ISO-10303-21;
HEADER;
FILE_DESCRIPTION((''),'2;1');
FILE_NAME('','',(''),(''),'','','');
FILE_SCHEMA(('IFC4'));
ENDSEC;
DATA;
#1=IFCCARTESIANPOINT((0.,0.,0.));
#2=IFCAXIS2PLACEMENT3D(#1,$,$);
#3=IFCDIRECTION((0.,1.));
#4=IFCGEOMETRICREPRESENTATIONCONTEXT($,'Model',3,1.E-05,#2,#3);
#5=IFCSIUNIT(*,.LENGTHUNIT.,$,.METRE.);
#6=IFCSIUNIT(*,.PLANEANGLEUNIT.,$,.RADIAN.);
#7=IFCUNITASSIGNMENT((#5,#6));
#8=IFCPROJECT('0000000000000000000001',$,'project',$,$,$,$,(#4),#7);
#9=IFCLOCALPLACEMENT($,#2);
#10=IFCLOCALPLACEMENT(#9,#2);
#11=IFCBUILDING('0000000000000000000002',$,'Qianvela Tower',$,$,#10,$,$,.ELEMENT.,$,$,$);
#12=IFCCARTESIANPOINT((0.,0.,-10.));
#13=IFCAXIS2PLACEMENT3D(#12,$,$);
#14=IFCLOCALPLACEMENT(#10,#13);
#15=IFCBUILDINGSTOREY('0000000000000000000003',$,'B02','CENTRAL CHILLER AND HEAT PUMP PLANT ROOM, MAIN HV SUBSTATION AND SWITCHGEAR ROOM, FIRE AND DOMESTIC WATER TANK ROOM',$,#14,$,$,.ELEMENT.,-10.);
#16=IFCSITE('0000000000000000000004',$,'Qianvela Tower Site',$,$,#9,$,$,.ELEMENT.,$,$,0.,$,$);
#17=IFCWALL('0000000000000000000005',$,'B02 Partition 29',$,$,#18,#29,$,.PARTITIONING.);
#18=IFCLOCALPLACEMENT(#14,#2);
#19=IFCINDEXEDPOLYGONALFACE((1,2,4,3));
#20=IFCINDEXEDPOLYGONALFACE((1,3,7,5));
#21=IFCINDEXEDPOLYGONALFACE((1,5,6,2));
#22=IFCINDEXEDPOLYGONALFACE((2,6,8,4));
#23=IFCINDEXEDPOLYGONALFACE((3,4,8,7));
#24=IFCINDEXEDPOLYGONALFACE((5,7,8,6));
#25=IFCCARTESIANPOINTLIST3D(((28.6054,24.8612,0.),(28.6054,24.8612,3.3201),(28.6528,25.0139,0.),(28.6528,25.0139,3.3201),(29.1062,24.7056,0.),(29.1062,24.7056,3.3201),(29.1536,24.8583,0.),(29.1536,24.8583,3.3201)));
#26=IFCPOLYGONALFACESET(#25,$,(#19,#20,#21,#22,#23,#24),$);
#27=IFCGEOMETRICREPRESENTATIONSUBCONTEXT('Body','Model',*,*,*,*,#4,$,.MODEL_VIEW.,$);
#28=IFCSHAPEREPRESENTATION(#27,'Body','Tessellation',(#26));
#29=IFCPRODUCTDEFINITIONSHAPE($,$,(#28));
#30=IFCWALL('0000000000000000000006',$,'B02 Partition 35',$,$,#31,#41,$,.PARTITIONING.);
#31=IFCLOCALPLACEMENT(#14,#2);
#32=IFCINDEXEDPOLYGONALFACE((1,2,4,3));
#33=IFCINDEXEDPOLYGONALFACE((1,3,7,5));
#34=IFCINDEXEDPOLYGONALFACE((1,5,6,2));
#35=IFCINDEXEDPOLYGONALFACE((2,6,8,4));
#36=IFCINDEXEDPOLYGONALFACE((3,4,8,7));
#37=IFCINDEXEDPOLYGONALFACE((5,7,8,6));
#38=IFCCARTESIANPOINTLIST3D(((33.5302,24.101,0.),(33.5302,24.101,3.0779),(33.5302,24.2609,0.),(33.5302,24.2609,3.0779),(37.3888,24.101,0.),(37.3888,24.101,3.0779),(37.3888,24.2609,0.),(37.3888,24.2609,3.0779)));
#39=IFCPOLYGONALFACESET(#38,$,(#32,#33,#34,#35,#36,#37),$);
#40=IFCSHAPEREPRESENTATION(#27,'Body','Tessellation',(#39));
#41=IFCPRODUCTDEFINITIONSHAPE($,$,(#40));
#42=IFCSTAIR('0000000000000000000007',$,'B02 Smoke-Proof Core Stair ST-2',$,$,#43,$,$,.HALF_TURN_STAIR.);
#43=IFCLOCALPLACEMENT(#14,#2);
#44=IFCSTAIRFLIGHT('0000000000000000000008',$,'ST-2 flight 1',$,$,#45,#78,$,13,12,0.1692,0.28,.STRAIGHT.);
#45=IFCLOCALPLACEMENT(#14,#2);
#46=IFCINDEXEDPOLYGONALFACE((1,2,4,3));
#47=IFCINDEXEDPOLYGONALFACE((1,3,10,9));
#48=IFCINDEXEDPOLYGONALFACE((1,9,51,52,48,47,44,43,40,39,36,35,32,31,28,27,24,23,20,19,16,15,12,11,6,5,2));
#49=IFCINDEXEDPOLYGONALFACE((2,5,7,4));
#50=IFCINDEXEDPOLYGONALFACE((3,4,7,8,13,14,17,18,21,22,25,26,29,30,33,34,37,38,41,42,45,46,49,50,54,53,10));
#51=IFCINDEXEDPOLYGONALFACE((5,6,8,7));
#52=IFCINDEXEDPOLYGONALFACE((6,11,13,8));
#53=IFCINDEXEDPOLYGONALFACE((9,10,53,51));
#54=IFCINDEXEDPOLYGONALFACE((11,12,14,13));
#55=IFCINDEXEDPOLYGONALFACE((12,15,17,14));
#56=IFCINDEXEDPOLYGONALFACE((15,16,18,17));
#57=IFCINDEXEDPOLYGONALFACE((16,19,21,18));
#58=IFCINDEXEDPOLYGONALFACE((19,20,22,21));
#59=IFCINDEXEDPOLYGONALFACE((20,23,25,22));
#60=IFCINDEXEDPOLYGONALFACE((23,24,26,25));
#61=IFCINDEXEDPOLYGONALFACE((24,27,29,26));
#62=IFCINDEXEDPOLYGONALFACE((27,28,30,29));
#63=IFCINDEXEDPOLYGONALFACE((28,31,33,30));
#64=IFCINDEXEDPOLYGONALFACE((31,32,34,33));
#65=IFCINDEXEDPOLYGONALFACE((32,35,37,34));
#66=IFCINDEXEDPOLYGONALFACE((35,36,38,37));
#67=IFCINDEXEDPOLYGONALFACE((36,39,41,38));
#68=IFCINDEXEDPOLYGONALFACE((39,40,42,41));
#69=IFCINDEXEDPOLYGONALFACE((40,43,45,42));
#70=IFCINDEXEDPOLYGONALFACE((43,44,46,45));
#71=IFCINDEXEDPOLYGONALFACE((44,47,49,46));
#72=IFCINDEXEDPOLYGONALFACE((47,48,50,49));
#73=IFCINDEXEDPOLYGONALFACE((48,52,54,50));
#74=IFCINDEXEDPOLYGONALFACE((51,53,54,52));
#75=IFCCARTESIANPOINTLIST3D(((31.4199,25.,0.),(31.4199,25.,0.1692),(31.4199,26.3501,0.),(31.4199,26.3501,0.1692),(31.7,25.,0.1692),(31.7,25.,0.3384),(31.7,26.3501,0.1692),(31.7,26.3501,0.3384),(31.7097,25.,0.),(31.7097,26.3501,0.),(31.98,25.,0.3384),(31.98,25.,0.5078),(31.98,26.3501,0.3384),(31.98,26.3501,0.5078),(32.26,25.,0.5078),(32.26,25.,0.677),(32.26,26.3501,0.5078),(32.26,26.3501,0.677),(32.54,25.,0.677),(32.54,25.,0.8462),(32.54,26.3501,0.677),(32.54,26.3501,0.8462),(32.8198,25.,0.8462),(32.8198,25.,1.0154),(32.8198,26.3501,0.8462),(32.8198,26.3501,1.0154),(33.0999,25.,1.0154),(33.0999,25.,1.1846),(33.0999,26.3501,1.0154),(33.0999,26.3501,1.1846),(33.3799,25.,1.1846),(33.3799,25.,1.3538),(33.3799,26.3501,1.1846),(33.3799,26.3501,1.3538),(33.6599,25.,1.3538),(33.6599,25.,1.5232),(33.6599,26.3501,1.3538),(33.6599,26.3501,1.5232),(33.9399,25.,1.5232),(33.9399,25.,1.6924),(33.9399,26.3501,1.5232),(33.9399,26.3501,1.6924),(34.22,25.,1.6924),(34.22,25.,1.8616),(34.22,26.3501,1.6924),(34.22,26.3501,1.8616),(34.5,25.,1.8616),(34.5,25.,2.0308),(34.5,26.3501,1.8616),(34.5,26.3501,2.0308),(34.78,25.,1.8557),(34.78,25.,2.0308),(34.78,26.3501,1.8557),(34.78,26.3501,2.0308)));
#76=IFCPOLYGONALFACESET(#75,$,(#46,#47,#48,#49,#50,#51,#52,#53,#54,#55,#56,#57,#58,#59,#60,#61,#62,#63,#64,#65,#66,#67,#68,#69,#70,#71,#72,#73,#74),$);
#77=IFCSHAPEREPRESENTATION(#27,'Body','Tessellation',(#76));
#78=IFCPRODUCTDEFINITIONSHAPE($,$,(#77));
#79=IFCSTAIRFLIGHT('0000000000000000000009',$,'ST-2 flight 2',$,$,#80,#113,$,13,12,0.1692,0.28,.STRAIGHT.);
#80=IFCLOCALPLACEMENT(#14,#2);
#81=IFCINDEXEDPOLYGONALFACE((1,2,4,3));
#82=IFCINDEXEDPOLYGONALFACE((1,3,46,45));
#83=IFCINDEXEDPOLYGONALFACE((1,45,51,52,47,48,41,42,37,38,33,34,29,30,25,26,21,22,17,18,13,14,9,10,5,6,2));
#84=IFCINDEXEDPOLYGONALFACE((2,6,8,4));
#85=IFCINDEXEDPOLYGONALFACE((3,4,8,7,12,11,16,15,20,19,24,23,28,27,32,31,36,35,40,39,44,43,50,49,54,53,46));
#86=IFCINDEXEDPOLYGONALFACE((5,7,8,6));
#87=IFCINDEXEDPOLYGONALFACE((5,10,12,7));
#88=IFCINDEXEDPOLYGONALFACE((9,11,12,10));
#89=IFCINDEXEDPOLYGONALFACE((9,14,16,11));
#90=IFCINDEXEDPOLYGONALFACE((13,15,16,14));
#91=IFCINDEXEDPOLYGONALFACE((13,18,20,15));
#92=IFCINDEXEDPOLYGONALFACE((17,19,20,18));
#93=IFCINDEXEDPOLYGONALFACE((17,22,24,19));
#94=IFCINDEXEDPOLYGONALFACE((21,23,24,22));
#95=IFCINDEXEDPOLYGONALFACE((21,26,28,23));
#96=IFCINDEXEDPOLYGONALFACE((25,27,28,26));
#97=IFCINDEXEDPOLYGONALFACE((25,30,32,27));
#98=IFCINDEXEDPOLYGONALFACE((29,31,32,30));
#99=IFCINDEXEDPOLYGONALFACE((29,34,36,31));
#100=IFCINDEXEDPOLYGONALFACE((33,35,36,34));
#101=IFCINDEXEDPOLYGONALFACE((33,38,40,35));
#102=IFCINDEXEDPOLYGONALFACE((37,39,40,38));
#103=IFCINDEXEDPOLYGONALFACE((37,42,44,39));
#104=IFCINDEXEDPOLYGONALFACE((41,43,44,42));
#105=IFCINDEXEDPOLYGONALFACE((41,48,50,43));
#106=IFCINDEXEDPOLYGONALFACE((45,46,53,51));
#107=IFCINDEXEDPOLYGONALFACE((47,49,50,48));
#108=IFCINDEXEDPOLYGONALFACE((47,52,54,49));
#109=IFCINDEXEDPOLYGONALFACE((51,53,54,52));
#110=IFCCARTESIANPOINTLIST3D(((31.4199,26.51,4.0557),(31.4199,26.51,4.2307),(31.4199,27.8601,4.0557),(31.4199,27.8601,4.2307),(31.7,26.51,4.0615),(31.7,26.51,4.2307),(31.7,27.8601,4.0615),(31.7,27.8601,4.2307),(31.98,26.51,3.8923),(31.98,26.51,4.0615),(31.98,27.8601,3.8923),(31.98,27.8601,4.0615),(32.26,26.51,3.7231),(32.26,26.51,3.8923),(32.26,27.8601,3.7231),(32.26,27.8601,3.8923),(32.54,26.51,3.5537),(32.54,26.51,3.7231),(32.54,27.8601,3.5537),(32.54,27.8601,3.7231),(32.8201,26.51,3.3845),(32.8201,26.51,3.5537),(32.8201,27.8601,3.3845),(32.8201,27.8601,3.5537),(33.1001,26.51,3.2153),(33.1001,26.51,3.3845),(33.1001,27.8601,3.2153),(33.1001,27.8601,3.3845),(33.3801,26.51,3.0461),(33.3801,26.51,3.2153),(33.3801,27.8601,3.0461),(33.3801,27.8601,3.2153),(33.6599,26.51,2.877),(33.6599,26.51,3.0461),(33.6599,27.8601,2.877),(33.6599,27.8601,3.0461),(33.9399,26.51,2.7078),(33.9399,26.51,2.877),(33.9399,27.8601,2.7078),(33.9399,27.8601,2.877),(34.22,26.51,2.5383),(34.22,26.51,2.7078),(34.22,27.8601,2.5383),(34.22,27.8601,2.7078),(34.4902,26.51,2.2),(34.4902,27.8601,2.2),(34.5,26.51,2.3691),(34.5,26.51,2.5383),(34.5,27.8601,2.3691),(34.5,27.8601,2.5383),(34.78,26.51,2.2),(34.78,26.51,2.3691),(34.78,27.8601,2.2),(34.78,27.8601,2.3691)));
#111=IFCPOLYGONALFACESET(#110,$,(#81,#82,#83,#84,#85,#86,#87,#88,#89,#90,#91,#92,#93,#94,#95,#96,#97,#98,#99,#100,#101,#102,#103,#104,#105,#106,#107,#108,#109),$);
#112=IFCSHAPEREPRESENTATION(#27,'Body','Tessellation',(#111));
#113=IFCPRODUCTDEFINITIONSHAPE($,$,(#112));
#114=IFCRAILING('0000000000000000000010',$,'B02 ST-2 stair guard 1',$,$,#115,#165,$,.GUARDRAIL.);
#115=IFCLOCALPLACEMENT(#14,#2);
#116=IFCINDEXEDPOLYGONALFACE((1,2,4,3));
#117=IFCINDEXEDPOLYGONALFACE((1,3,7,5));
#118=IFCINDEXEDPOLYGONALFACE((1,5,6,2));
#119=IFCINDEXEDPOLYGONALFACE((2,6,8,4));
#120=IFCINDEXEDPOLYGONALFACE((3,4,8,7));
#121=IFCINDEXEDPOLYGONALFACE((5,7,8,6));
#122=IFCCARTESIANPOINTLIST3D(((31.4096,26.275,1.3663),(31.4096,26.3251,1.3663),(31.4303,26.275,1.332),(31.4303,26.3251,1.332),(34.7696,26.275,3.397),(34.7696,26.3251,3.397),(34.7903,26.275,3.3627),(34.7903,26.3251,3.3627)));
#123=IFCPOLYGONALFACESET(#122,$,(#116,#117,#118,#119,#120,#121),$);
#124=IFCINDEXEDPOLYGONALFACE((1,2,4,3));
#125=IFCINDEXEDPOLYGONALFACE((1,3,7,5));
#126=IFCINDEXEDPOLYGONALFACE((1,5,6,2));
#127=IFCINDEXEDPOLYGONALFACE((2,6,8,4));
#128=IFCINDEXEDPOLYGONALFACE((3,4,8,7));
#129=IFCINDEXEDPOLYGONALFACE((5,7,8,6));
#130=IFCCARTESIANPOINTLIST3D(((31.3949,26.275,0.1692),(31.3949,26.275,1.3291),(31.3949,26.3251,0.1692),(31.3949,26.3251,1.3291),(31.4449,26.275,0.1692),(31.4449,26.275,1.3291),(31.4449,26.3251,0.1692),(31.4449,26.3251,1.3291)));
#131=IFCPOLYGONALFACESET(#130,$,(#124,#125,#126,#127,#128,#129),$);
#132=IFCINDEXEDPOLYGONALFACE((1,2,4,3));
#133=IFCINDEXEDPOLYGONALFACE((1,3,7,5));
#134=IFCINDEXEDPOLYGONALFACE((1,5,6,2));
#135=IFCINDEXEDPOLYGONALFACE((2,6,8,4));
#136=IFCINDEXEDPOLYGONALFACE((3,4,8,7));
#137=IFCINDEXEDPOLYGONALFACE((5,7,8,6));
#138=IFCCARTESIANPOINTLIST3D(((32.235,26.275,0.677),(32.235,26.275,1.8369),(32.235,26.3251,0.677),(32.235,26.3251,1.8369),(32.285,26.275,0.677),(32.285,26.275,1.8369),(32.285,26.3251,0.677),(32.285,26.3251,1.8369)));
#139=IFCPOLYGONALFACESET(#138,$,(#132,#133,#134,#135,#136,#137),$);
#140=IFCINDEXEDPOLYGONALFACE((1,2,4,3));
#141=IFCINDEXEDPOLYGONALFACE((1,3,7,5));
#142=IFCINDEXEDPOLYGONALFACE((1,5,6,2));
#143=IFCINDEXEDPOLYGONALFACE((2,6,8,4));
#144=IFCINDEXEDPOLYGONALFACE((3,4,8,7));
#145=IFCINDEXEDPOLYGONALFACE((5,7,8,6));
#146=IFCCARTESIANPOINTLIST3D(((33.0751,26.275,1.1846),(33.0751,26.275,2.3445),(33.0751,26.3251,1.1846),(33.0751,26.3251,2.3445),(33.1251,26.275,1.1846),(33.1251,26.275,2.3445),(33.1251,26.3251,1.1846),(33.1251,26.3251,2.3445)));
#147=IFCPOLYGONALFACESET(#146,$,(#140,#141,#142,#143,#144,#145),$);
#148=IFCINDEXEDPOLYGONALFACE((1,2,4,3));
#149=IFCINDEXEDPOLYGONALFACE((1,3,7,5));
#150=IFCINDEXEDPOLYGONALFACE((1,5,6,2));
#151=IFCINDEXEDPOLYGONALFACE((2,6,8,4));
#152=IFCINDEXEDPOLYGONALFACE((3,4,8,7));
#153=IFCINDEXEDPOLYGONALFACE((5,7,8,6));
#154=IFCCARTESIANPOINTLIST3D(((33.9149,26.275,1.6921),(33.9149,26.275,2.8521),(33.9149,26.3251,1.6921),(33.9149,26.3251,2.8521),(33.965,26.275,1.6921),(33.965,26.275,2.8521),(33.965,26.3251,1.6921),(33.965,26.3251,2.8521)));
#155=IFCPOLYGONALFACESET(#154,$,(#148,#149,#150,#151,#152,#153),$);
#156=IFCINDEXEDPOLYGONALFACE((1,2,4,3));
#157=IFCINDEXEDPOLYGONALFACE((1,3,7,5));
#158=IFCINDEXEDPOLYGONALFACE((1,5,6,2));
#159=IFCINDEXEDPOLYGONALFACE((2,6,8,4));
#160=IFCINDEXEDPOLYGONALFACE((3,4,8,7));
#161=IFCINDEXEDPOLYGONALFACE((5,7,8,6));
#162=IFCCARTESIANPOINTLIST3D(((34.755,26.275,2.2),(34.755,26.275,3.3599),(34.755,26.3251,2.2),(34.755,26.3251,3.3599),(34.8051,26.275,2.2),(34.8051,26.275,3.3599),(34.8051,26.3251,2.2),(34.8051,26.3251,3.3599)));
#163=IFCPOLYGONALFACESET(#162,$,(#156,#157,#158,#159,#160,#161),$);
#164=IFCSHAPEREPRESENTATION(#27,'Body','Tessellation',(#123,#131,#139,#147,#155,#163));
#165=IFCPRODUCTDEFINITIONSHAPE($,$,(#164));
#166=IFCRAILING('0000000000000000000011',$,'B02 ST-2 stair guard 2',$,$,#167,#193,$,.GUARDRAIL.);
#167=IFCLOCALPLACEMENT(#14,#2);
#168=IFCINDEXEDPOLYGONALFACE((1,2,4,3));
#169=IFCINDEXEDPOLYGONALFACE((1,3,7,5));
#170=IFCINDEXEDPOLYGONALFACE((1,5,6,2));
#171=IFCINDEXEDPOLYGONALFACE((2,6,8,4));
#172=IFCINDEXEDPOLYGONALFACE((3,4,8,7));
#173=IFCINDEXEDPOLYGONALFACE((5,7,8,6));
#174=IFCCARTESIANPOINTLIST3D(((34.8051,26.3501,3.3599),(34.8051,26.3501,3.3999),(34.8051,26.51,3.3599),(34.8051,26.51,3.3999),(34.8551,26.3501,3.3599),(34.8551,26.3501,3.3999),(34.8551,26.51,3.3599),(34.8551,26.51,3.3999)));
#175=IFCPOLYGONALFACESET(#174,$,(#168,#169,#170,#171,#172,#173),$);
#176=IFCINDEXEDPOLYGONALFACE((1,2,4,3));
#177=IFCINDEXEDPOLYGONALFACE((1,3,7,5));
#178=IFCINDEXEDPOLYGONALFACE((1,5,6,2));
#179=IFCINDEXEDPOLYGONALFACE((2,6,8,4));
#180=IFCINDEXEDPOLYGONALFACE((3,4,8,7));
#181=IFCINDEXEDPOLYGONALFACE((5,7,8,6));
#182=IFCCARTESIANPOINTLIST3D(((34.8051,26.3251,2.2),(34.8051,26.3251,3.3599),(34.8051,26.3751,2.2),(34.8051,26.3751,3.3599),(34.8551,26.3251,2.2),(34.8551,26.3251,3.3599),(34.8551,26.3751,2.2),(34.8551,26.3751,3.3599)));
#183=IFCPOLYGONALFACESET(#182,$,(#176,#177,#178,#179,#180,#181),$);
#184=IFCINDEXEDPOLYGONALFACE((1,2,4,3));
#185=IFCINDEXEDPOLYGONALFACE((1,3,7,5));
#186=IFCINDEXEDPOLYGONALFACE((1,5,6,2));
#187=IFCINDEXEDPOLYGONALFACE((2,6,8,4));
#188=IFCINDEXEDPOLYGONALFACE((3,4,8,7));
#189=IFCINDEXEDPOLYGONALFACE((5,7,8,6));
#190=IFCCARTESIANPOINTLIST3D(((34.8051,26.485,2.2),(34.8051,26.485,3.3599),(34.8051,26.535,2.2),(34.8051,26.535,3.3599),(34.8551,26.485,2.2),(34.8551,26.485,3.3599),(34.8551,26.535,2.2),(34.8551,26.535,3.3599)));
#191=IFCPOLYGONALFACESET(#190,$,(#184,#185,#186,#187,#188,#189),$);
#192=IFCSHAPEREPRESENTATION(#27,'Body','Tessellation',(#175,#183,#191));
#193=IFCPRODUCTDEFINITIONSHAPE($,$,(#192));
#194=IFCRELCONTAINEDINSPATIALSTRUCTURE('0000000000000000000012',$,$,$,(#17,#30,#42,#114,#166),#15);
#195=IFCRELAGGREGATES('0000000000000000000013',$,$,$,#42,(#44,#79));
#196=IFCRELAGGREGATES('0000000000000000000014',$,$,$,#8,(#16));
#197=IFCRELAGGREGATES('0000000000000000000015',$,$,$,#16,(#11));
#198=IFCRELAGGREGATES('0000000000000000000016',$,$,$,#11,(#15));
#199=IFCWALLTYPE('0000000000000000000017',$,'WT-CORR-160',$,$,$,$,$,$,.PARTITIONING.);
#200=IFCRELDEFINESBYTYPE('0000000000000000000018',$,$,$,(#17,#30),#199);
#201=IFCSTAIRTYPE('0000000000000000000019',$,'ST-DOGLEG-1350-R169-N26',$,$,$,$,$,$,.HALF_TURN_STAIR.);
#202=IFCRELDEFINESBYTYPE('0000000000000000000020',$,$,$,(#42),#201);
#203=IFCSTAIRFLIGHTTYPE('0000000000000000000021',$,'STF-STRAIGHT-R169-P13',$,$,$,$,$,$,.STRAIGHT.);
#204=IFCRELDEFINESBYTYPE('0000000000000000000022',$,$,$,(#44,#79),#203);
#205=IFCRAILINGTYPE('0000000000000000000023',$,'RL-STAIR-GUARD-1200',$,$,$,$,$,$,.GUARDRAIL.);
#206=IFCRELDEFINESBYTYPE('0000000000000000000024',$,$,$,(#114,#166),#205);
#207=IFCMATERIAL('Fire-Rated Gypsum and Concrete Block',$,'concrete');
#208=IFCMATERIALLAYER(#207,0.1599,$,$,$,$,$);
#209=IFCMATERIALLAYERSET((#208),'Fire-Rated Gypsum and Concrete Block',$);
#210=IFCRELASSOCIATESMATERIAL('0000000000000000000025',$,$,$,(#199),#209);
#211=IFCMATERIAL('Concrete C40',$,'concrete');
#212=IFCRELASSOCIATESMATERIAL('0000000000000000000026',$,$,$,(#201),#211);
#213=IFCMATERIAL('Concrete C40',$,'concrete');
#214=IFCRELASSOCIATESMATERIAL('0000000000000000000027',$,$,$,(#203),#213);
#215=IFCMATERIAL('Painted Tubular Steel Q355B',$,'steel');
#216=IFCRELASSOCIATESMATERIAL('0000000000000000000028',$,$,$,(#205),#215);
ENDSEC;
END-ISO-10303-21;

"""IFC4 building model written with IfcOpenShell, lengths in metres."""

from ifc_helpers import new_model, si_unit, direction, frame, frame_2d, origin, origin_2d, place, context, subcontext, project, spatial, polyline, rectangle, outline, extrude, material, layer, layer_set, type_object, element, aggregate, save


model = new_model("IFC4")

# Units and contexts
model_context = context("Model", 3, precision=1e-05, world=origin(), true_north=direction((0.0, 1.0)))
body_context = subcontext(model_context, "Body", "Model", "MODEL_VIEW")
ifc_project = project(units=[si_unit("LENGTHUNIT", "METRE"), si_unit("PLANEANGLEUNIT", "RADIAN")], contexts=[model_context])

# Site, building, storey
site_placement = place(None, origin())
site = spatial("IfcSite", under=ifc_project, at=site_placement, Name="Qianvela Tower Site", CompositionType="ELEMENT", RefElevation=0.0)
building_placement = place(site_placement, origin())
building = spatial("IfcBuilding", under=site, at=building_placement, Name="Qianvela Tower", CompositionType="ELEMENT")
storey_placement = place(building_placement, frame((0.0, 0.0, -10.0)))
storey = spatial("IfcBuildingStorey", under=building, at=storey_placement, Name="B02", Description="CENTRAL CHILLER AND HEAT PUMP PLANT ROOM, MAIN HV SUBSTATION AND SWITCHGEAR ROOM, FIRE AND DOMESTIC WATER TANK ROOM", CompositionType="ELEMENT", Elevation=-10.0)

# Walls
ifc_material_1 = material(Name="Fire-Rated Gypsum and Concrete Block", Category="concrete")
ifc_layer_1 = layer(ifc_material_1, 0.1599)
ifc_layer_set_1 = layer_set([ifc_layer_1], Name="Fire-Rated Gypsum and Concrete Block")
wall_type_1 = type_object("IfcWallType", Name="WT-CORR-160", PredefinedType="PARTITIONING", material=ifc_layer_set_1)
wall_1_placement = place(storey_placement, frame((29.1299, 24.782, 0.0), z_axis=(0.0, 0.0, 1.0), x_axis=(-0.955, 0.296604, 0.0)))
element("IfcWall", 1, at=wall_1_placement, inside=storey, type_object=wall_type_1, Name="B02 Partition 29", PredefinedType="PARTITIONING", context=body_context, shape_type="SweptSolid", body=[
    extrude(rectangle(XDim=0.5244, YDim=0.1599, at=frame_2d((0.2622, 0.0))), origin(), (0.0, 0.0, 1.0), 3.3201),
])
wall_2_placement = place(storey_placement, frame((37.3887, 24.1809, 0.0), z_axis=(0.0, 0.0, 1.0), x_axis=(-1.0, 0.0, 0.0)))
element("IfcWall", 2, at=wall_2_placement, inside=storey, type_object=wall_type_1, Name="B02 Partition 35", PredefinedType="PARTITIONING", context=body_context, shape_type="SweptSolid", body=[
    extrude(rectangle(XDim=3.8586, YDim=0.1599, at=frame_2d((1.9292, 0.0))), origin(), (0.0, 0.0, 1.0), 3.0779),
])

# Stair, stair flights
ifc_material_2 = material(Name="Concrete C40", Category="concrete")
stair_type = type_object("IfcStairType", Name="ST-DOGLEG-1350-R169-N26", PredefinedType="HALF_TURN_STAIR", material=ifc_material_2)
stair_placement = place(storey_placement, origin())
stair = element("IfcStair", 3, at=stair_placement, inside=storey, type_object=stair_type, Name="B02 Smoke-Proof Core Stair ST-2", PredefinedType="HALF_TURN_STAIR")
ifc_material_3 = material(Name="Concrete C40", Category="concrete")
stair_flight_type = type_object("IfcStairFlightType", Name="STF-STRAIGHT-R169-P13", PredefinedType="STRAIGHT", material=ifc_material_3)
stair_flight_1_placement = place(storey_placement, frame((31.4199, 25.675, 0.0), z_axis=(0.0, 0.0, 1.0), x_axis=(1.0, 0.0, 0.0)))
stair_flight_1 = element("IfcStairFlight", 4, at=stair_flight_1_placement, type_object=stair_flight_type, Name="ST-2 flight 1", NumberOfRisers=13, NumberOfTreads=12, PredefinedType="STRAIGHT", RiserHeight=0.1692, TreadLength=0.28, context=body_context, shape_type="SweptSolid", body=[
    extrude(outline(polyline([(0.0, 0.0), (0.0, 0.1692), (0.28, 0.1692), (0.28, 0.3384), (0.5601, 0.3384), (0.5601, 0.5078), (0.8401, 0.5078), (0.8401, 0.677), (1.1201, 0.677), (1.1201, 0.8462), (1.3999, 0.8462), (1.3999, 1.0154), (1.6799, 1.0154), (1.6799, 1.1846), (1.96, 1.1846), (1.96, 1.3538), (2.24, 1.3538), (2.24, 1.5232), (2.52, 1.5232), (2.52, 1.6924), (2.8, 1.6924), (2.8, 1.8616), (3.0801, 1.8616), (3.0801, 2.0308), (3.3601, 2.0308), (3.3601, 2.2), (3.3601, 1.8557), (0.2898, 0.0), (0.0, 0.0)])), frame((0.0, 0.675, 0.0), z_axis=(0.0, -1.0, 0.0), x_axis=(1.0, 0.0, 0.0)), (0.0, 0.0, 1.0), 1.3501),
])
stair_flight_2_placement = place(storey_placement, frame((34.78, 27.1851, 2.2), z_axis=(0.0, 0.0, 1.0), x_axis=(-1.0, 0.0, 0.0)))
stair_flight_2 = element("IfcStairFlight", 5, at=stair_flight_2_placement, type_object=stair_flight_type, Name="ST-2 flight 2", NumberOfRisers=13, NumberOfTreads=12, PredefinedType="STRAIGHT", RiserHeight=0.1692, TreadLength=0.28, context=body_context, shape_type="SweptSolid", body=[
    extrude(outline(polyline([(0.0, 0.0), (0.0, 0.1692), (0.28, 0.1692), (0.28, 0.3384), (0.5601, 0.3384), (0.5601, 0.5078), (0.8401, 0.5078), (0.8401, 0.677), (1.1201, 0.677), (1.1201, 0.8462), (1.3999, 0.8462), (1.3999, 1.0154), (1.6799, 1.0154), (1.6799, 1.1846), (1.96, 1.1846), (1.96, 1.3538), (2.24, 1.3538), (2.24, 1.5232), (2.52, 1.5232), (2.52, 1.6924), (2.8, 1.6924), (2.8, 1.8616), (3.0801, 1.8616), (3.0801, 2.0308), (3.3601, 2.0308), (3.3601, 2.2), (3.3601, 1.8557), (0.2898, 0.0), (0.0, 0.0)])), frame((0.0, 0.675, 0.0), z_axis=(0.0, -1.0, 0.0), x_axis=(1.0, 0.0, 0.0)), (0.0, 0.0, 1.0), 1.3501),
])
aggregate(stair, [stair_flight_1, stair_flight_2])

# Railings
ifc_material_4 = material(Name="Painted Tubular Steel Q355B", Category="steel")
railing_type_1 = type_object("IfcRailingType", Name="RL-STAIR-GUARD-1200", PredefinedType="GUARDRAIL", material=ifc_material_4)
railing_1_placement = place(storey_placement, frame((31.4199, 26.3, 0.1692)))
element("IfcRailing", 6, at=railing_1_placement, inside=storey, type_object=railing_type_1, Name="B02 ST-2 stair guard 1", PredefinedType="GUARDRAIL", context=body_context, shape_type="SweptSolid", body=[
    extrude(rectangle(XDim=0.05, YDim=0.04, at=origin_2d()), frame((0.0, 0.0, 1.1799), z_axis=(0.855837, 0.0, 0.517246), x_axis=(0.0, 1.0, 0.0)), (0.0, 0.0, 1.0), 3.926),
    extrude(rectangle(XDim=0.05, YDim=0.05, at=origin_2d()), origin(), (0.0, 0.0, 1.0), 1.1599),
    extrude(rectangle(XDim=0.05, YDim=0.05, at=origin_2d()), frame((0.8401, 0.0, 0.5078)), (0.0, 0.0, 1.0), 1.1599),
    extrude(rectangle(XDim=0.05, YDim=0.05, at=origin_2d()), frame((1.6802, 0.0, 1.0154)), (0.0, 0.0, 1.0), 1.1599),
    extrude(rectangle(XDim=0.05, YDim=0.05, at=origin_2d()), frame((2.52, 0.0, 1.5229)), (0.0, 0.0, 1.0), 1.1599),
    extrude(rectangle(XDim=0.05, YDim=0.05, at=origin_2d()), frame((3.3601, 0.0, 2.0308)), (0.0, 0.0, 1.0), 1.1599),
])
railing_2_placement = place(storey_placement, frame((34.8301, 26.3501, 2.2)))
element("IfcRailing", 7, at=railing_2_placement, inside=storey, type_object=railing_type_1, Name="B02 ST-2 stair guard 2", PredefinedType="GUARDRAIL", context=body_context, shape_type="SweptSolid", body=[
    extrude(rectangle(XDim=0.05, YDim=0.04, at=origin_2d()), frame((0.0, 0.0, 1.1799), z_axis=(0.0, 1.0, 0.0), x_axis=(-1.0, 0.0, 0.0)), (0.0, 0.0, 1.0), 0.1599),
    extrude(rectangle(XDim=0.05, YDim=0.05, at=origin_2d()), origin(), (0.0, 0.0, 1.0), 1.1599),
    extrude(rectangle(XDim=0.05, YDim=0.05, at=origin_2d()), frame((0.0, 0.1599, 0.0)), (0.0, 0.0, 1.0), 1.1599),
])

save(model, "model.ifc")
